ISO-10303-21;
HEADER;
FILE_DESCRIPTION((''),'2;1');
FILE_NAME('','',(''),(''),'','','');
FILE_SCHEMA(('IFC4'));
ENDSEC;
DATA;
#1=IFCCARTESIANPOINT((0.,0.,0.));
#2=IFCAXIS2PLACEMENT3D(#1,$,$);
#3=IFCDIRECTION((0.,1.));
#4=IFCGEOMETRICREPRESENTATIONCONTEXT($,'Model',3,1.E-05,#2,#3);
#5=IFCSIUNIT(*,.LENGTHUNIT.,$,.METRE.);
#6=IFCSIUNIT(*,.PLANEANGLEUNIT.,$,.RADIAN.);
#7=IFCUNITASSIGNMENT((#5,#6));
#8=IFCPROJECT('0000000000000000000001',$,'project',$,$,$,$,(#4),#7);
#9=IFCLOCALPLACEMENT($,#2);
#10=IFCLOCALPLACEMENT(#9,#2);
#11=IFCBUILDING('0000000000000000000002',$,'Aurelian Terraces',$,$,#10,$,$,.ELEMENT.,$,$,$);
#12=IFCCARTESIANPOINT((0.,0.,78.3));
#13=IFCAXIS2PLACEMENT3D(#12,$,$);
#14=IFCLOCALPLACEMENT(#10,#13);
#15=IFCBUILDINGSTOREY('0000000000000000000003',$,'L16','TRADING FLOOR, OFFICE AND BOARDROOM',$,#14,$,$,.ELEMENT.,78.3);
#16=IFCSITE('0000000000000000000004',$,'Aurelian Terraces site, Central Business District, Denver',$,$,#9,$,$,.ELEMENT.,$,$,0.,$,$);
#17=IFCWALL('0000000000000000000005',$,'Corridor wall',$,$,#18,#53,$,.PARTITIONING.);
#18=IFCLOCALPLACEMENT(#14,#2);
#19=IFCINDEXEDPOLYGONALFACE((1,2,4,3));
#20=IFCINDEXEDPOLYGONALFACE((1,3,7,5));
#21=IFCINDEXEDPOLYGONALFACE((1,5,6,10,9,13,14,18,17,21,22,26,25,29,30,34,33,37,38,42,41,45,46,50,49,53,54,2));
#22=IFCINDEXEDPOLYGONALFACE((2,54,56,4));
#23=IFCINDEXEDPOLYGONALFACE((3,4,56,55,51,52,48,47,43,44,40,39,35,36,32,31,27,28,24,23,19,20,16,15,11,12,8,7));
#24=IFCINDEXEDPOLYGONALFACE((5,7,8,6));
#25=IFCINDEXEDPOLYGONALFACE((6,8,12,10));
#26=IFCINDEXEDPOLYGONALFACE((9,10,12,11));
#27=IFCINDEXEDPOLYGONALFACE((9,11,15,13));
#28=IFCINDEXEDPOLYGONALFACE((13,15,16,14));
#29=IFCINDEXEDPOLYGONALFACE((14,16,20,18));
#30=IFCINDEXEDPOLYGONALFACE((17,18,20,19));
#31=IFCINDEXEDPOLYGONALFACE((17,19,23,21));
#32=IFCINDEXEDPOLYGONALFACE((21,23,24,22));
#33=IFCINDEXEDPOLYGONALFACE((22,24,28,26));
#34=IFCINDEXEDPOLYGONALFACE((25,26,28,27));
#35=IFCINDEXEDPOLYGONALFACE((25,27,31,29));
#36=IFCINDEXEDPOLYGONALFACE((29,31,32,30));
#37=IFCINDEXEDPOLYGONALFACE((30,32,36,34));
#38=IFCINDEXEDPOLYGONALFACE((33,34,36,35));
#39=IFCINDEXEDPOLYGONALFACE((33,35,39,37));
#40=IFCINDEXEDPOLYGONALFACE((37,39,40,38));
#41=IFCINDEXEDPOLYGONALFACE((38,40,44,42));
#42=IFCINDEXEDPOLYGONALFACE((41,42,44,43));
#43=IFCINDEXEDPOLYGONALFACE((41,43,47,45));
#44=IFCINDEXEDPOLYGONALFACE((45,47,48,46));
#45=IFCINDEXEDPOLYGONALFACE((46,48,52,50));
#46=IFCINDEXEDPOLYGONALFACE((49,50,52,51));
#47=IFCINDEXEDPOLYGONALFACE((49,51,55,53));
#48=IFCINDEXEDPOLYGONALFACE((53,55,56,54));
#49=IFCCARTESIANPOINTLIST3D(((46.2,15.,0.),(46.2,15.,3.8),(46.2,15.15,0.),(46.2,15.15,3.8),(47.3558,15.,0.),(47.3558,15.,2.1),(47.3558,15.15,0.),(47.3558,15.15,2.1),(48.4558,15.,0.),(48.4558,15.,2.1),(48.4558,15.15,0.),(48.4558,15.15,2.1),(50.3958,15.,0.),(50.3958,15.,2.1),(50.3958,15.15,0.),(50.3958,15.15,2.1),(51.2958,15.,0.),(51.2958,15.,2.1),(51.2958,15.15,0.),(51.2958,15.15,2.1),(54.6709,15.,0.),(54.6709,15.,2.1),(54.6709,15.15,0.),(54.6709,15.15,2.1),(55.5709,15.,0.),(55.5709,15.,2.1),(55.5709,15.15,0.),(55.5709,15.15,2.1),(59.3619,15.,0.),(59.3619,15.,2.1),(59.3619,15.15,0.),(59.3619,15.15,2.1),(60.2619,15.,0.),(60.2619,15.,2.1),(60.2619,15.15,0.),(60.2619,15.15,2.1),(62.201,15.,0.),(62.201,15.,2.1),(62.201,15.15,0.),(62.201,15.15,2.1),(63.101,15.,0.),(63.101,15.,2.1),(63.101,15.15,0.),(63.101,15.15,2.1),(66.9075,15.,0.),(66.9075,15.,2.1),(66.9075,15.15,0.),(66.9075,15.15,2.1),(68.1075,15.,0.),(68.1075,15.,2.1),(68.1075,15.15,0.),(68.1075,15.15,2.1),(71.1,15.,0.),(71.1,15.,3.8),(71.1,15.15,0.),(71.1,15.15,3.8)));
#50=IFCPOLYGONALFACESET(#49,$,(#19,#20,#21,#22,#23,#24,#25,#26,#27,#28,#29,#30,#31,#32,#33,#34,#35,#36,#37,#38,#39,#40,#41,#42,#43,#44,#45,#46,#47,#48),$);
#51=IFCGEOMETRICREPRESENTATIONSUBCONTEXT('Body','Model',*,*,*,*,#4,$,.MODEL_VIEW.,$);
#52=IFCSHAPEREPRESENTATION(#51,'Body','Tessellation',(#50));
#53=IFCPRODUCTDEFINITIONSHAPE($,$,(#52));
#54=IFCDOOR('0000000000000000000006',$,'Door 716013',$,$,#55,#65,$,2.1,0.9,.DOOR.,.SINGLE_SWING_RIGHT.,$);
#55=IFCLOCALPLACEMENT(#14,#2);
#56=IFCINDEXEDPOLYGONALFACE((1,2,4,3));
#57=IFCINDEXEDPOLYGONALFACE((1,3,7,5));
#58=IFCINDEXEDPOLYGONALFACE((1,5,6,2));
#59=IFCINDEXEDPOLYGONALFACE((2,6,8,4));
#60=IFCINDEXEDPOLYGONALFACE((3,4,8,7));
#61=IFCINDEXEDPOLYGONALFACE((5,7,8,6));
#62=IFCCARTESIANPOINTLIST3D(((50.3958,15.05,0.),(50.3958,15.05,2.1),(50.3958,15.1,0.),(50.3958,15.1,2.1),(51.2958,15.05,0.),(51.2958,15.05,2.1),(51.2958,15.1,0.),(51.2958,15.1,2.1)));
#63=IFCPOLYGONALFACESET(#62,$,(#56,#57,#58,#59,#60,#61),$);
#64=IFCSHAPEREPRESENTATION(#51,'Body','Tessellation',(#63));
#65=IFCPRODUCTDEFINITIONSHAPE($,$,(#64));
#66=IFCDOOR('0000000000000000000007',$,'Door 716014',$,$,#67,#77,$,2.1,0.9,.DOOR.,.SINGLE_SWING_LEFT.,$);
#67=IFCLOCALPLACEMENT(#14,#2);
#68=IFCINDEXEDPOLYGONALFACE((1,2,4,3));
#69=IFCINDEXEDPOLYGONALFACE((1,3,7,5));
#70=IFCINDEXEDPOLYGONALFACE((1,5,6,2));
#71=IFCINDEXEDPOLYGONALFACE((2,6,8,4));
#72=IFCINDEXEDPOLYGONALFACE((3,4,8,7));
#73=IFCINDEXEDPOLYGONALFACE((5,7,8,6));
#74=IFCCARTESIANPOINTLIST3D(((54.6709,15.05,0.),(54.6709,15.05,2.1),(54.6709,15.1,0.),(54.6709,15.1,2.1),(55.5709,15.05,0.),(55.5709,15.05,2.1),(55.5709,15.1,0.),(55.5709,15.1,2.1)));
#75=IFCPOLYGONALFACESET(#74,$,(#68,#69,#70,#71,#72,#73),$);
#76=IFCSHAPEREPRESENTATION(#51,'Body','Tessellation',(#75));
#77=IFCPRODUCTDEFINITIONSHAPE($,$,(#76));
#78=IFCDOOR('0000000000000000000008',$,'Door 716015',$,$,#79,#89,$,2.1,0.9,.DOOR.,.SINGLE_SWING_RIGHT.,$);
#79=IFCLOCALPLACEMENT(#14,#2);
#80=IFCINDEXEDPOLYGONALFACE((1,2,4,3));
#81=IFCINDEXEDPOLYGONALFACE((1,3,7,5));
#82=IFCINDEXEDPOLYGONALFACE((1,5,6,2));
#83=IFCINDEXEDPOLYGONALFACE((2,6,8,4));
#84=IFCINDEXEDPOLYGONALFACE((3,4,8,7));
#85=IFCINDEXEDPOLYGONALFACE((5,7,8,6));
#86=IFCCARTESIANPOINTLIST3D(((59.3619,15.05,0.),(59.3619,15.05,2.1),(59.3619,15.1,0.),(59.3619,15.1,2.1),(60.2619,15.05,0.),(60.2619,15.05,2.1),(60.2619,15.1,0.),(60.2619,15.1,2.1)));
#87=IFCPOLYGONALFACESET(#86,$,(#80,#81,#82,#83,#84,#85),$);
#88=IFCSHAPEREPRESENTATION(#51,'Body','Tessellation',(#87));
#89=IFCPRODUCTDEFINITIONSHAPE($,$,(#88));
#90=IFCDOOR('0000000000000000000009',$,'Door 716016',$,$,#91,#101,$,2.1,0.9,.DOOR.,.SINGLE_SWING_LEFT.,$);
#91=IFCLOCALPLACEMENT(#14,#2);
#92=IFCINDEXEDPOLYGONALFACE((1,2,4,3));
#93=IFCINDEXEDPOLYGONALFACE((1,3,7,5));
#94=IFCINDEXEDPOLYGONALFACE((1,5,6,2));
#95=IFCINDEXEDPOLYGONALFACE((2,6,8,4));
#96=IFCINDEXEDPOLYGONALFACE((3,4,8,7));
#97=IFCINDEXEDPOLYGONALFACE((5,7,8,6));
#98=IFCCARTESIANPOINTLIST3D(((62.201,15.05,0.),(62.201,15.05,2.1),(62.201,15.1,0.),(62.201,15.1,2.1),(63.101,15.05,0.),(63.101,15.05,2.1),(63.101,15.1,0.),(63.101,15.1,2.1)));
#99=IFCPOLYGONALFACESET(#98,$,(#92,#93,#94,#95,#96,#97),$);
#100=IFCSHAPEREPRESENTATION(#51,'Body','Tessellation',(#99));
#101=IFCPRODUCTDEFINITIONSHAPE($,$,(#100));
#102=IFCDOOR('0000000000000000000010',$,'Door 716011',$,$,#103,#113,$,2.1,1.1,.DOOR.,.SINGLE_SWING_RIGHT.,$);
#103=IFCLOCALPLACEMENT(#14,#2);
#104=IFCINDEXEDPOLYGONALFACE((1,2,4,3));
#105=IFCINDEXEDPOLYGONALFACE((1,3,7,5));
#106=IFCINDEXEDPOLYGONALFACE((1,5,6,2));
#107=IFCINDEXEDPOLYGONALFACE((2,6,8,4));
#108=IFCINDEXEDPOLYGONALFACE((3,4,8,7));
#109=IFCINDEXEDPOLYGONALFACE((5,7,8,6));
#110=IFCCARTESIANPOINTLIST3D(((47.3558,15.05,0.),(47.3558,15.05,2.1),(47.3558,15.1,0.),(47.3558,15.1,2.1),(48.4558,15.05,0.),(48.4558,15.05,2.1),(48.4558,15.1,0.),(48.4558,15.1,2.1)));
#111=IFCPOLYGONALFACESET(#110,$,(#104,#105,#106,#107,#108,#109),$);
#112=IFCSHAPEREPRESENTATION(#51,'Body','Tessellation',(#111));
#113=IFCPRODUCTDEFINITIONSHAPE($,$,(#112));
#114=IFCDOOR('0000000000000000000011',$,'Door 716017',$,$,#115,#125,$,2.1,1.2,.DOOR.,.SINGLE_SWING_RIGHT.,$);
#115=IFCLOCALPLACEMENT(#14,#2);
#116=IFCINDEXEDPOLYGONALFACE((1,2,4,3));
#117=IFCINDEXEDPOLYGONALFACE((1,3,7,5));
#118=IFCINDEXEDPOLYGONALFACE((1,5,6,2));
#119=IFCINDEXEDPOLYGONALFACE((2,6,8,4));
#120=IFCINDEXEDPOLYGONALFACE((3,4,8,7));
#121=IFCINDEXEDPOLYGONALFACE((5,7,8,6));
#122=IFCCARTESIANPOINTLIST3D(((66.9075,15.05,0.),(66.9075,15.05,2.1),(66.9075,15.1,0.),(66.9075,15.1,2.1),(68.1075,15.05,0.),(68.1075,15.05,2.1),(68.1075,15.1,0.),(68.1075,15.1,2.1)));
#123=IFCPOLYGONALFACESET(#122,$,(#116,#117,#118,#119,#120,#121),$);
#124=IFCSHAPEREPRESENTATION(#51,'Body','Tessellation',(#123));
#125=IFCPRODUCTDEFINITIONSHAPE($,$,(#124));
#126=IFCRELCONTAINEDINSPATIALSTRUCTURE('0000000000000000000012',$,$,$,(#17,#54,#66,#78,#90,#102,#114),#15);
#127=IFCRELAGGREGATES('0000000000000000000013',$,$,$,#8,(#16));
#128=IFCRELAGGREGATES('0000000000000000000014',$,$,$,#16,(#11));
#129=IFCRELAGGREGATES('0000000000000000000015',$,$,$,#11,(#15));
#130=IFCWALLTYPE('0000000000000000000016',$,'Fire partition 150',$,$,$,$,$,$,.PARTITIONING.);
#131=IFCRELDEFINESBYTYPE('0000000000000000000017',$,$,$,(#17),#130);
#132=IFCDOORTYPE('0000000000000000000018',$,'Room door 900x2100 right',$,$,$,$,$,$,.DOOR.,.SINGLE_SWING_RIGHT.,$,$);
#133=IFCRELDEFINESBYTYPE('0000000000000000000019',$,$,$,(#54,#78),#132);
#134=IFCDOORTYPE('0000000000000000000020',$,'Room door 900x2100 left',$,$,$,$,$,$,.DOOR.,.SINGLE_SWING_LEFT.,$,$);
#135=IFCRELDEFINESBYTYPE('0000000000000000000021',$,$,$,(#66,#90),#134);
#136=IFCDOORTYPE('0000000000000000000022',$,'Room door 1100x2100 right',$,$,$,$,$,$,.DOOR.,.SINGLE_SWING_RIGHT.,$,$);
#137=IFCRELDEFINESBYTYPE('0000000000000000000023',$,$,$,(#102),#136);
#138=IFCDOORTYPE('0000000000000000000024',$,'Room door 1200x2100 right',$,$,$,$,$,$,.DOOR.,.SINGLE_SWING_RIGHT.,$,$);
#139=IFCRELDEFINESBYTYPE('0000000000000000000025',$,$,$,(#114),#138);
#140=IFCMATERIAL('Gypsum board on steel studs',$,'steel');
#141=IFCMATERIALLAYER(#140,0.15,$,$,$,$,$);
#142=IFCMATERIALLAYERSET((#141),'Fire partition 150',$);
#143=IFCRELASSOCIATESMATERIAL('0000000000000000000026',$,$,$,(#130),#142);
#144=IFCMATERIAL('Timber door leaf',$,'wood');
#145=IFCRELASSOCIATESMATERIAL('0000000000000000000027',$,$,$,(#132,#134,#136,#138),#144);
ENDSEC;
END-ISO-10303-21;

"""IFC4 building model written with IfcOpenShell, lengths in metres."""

from ifc_helpers import new_model, si_unit, direction, frame, frame_2d, origin, place, context, subcontext, project, spatial, rectangle, extrude, source, transform, mapped, material, layer, layer_set, type_object, element, fill, save


model = new_model("IFC4")

# Units and contexts
model_context = context("Model", 3, precision=1e-05, world=origin(), true_north=direction((0.0, 1.0)))
body_context = subcontext(model_context, "Body", "Model", "MODEL_VIEW")
ifc_project = project(units=[si_unit("LENGTHUNIT", "METRE"), si_unit("PLANEANGLEUNIT", "RADIAN")], contexts=[model_context])

# Site, building, storey
site_placement = place(None, origin())
site = spatial("IfcSite", under=ifc_project, at=site_placement, Name="Aurelian Terraces site, Central Business District, Denver", CompositionType="ELEMENT", RefElevation=0.0)
building_placement = place(site_placement, origin())
building = spatial("IfcBuilding", under=site, at=building_placement, Name="Aurelian Terraces", CompositionType="ELEMENT")
storey_placement = place(building_placement, frame((0.0, 0.0, 78.3)))
storey = spatial("IfcBuildingStorey", under=building, at=storey_placement, Name="L16", Description="TRADING FLOOR, OFFICE AND BOARDROOM", CompositionType="ELEMENT", Elevation=78.3)

# Shared definitions
ifc_material_1 = material(Name="Timber door leaf", Category="wood")

# Shared definitions
ifc_material_2 = material(Name="Gypsum board on steel studs", Category="steel")

# Wall, openings, doors
ifc_layer_1 = layer(ifc_material_2, 0.15)
ifc_layer_set_1 = layer_set([ifc_layer_1], Name="Fire partition 150")
wall_type_1 = type_object("IfcWallType", Name="Fire partition 150", PredefinedType="PARTITIONING", material=ifc_layer_set_1)
shared_shape_1 = source(origin(), body_context, "Body", "SweptSolid", [
    extrude(rectangle(XDim=24.9, YDim=0.15, at=frame_2d((12.45, 0.0))), origin(), (0.0, 0.0, 1.0), 3.8),
])
wall_1_placement = place(storey_placement, frame((71.1, 15.075, 0.0), z_axis=(0.0, 0.0, 1.0), x_axis=(-1.0, 0.0, 0.0)))
wall_1 = element("IfcWall", 1, at=wall_1_placement, inside=storey, type_object=wall_type_1, Name="Corridor wall", PredefinedType="PARTITIONING", context=body_context, shape_type="MappedRepresentation", body=[
    mapped(shared_shape_1, transform((0.0, 0.0, 0.0), scale=1.0)),
])
shared_shape_2 = source(origin(), body_context, "Body", "SweptSolid", [
    extrude(rectangle(XDim=1.1, YDim=2.1, at=frame_2d((0.55, 1.05))), frame((0.0, 0.085, 0.0), z_axis=(0.0, -1.0, 0.0), x_axis=(1.0, 0.0, 0.0)), (0.0, 0.0, 1.0), 0.17),
])
opening_1_placement = place(wall_1_placement, frame((22.6442, 0.0, 0.0)))
opening_1 = element("IfcOpeningElement", 2, at=opening_1_placement, cuts=wall_1, PredefinedType="OPENING", context=body_context, shape_type="MappedRepresentation", body=[
    mapped(shared_shape_2, transform((0.0, 0.0, 0.0), scale=1.0)),
])
shared_shape_3 = source(origin(), body_context, "Body", "SweptSolid", [
    extrude(rectangle(XDim=0.9, YDim=2.1, at=frame_2d((0.45, 1.05))), frame((0.0, 0.085, 0.0), z_axis=(0.0, -1.0, 0.0), x_axis=(1.0, 0.0, 0.0)), (0.0, 0.0, 1.0), 0.17),
])
opening_2_placement = place(wall_1_placement, frame((19.8042, 0.0, 0.0)))
opening_2 = element("IfcOpeningElement", 3, at=opening_2_placement, cuts=wall_1, PredefinedType="OPENING", context=body_context, shape_type="MappedRepresentation", body=[
    mapped(shared_shape_3, transform((0.0, 0.0, 0.0), scale=1.0)),
])
opening_3_placement = place(wall_1_placement, frame((15.5291, 0.0, 0.0)))
opening_3 = element("IfcOpeningElement", 4, at=opening_3_placement, cuts=wall_1, PredefinedType="OPENING", context=body_context, shape_type="MappedRepresentation", body=[
    mapped(shared_shape_3, transform((0.0, 0.0, 0.0), scale=1.0)),
])
opening_4_placement = place(wall_1_placement, frame((10.8381, 0.0, 0.0)))
opening_4 = element("IfcOpeningElement", 5, at=opening_4_placement, cuts=wall_1, PredefinedType="OPENING", context=body_context, shape_type="MappedRepresentation", body=[
    mapped(shared_shape_3, transform((0.0, 0.0, 0.0), scale=1.0)),
])
opening_5_placement = place(wall_1_placement, frame((7.999, 0.0, 0.0)))
opening_5 = element("IfcOpeningElement", 6, at=opening_5_placement, cuts=wall_1, PredefinedType="OPENING", context=body_context, shape_type="MappedRepresentation", body=[
    mapped(shared_shape_3, transform((0.0, 0.0, 0.0), scale=1.0)),
])
shared_shape_4 = source(origin(), body_context, "Body", "SweptSolid", [
    extrude(rectangle(XDim=1.2, YDim=2.1, at=frame_2d((0.6, 1.05))), frame((0.0, 0.085, 0.0), z_axis=(0.0, -1.0, 0.0), x_axis=(1.0, 0.0, 0.0)), (0.0, 0.0, 1.0), 0.17),
])
opening_6_placement = place(wall_1_placement, frame((2.9925, 0.0, 0.0)))
opening_6 = element("IfcOpeningElement", 7, at=opening_6_placement, cuts=wall_1, PredefinedType="OPENING", context=body_context, shape_type="MappedRepresentation", body=[
    mapped(shared_shape_4, transform((0.0, 0.0, 0.0), scale=1.0)),
])
door_type_1 = type_object("IfcDoorType", Name="Room door 900x2100 right", OperationType="SINGLE_SWING_RIGHT", PredefinedType="DOOR", material=ifc_material_1)
shared_shape_5 = source(origin(), body_context, "Body", "SweptSolid", [
    extrude(rectangle(XDim=0.9, YDim=2.1, at=frame_2d((0.45, 1.05))), frame((0.0, 0.025, 0.0), z_axis=(0.0, -1.0, 0.0), x_axis=(1.0, 0.0, 0.0)), (0.0, 0.0, 1.0), 0.05),
])
door_1_placement = place(opening_2_placement, origin())
door_1 = element("IfcDoor", 8, at=door_1_placement, inside=storey, type_object=door_type_1, Name="Door 716013", OperationType="SINGLE_SWING_RIGHT", OverallHeight=2.1, OverallWidth=0.9, PredefinedType="DOOR", context=body_context, shape_type="MappedRepresentation", body=[
    mapped(shared_shape_5, transform((0.0, 0.0, 0.0), scale=1.0)),
])
fill(opening_2, door_1)
door_type_2 = type_object("IfcDoorType", Name="Room door 900x2100 left", OperationType="SINGLE_SWING_LEFT", PredefinedType="DOOR", material=ifc_material_1)
door_2_placement = place(opening_3_placement, origin())
door_2 = element("IfcDoor", 9, at=door_2_placement, inside=storey, type_object=door_type_2, Name="Door 716014", OperationType="SINGLE_SWING_LEFT", OverallHeight=2.1, OverallWidth=0.9, PredefinedType="DOOR", context=body_context, shape_type="MappedRepresentation", body=[
    mapped(shared_shape_5, transform((0.0, 0.0, 0.0), scale=1.0)),
])
fill(opening_3, door_2)
door_3_placement = place(opening_4_placement, origin())
door_3 = element("IfcDoor", 10, at=door_3_placement, inside=storey, type_object=door_type_1, Name="Door 716015", OperationType="SINGLE_SWING_RIGHT", OverallHeight=2.1, OverallWidth=0.9, PredefinedType="DOOR", context=body_context, shape_type="MappedRepresentation", body=[
    mapped(shared_shape_5, transform((0.0, 0.0, 0.0), scale=1.0)),
])
fill(opening_4, door_3)
door_4_placement = place(opening_5_placement, origin())
door_4 = element("IfcDoor", 11, at=door_4_placement, inside=storey, type_object=door_type_2, Name="Door 716016", OperationType="SINGLE_SWING_LEFT", OverallHeight=2.1, OverallWidth=0.9, PredefinedType="DOOR", context=body_context, shape_type="MappedRepresentation", body=[
    mapped(shared_shape_5, transform((0.0, 0.0, 0.0), scale=1.0)),
])
fill(opening_5, door_4)
door_type_3 = type_object("IfcDoorType", Name="Room door 1100x2100 right", OperationType="SINGLE_SWING_RIGHT", PredefinedType="DOOR", material=ifc_material_1)
shared_shape_6 = source(origin(), body_context, "Body", "SweptSolid", [
    extrude(rectangle(XDim=1.1, YDim=2.1, at=frame_2d((0.55, 1.05))), frame((0.0, 0.025, 0.0), z_axis=(0.0, -1.0, 0.0), x_axis=(1.0, 0.0, 0.0)), (0.0, 0.0, 1.0), 0.05),
])
door_5_placement = place(opening_1_placement, origin())
door_5 = element("IfcDoor", 12, at=door_5_placement, inside=storey, type_object=door_type_3, Name="Door 716011", OperationType="SINGLE_SWING_RIGHT", OverallHeight=2.1, OverallWidth=1.1, PredefinedType="DOOR", context=body_context, shape_type="MappedRepresentation", body=[
    mapped(shared_shape_6, transform((0.0, 0.0, 0.0), scale=1.0)),
])
fill(opening_1, door_5)
door_type_4 = type_object("IfcDoorType", Name="Room door 1200x2100 right", OperationType="SINGLE_SWING_RIGHT", PredefinedType="DOOR", material=ifc_material_1)
shared_shape_7 = source(origin(), body_context, "Body", "SweptSolid", [
    extrude(rectangle(XDim=1.2, YDim=2.1, at=frame_2d((0.6, 1.05))), frame((0.0, 0.025, 0.0), z_axis=(0.0, -1.0, 0.0), x_axis=(1.0, 0.0, 0.0)), (0.0, 0.0, 1.0), 0.05),
])
door_6_placement = place(opening_6_placement, origin())
door_6 = element("IfcDoor", 13, at=door_6_placement, inside=storey, type_object=door_type_4, Name="Door 716017", OperationType="SINGLE_SWING_RIGHT", OverallHeight=2.1, OverallWidth=1.2, PredefinedType="DOOR", context=body_context, shape_type="MappedRepresentation", body=[
    mapped(shared_shape_7, transform((0.0, 0.0, 0.0), scale=1.0)),
])
fill(opening_6, door_6)

save(model, "model.ifc")
